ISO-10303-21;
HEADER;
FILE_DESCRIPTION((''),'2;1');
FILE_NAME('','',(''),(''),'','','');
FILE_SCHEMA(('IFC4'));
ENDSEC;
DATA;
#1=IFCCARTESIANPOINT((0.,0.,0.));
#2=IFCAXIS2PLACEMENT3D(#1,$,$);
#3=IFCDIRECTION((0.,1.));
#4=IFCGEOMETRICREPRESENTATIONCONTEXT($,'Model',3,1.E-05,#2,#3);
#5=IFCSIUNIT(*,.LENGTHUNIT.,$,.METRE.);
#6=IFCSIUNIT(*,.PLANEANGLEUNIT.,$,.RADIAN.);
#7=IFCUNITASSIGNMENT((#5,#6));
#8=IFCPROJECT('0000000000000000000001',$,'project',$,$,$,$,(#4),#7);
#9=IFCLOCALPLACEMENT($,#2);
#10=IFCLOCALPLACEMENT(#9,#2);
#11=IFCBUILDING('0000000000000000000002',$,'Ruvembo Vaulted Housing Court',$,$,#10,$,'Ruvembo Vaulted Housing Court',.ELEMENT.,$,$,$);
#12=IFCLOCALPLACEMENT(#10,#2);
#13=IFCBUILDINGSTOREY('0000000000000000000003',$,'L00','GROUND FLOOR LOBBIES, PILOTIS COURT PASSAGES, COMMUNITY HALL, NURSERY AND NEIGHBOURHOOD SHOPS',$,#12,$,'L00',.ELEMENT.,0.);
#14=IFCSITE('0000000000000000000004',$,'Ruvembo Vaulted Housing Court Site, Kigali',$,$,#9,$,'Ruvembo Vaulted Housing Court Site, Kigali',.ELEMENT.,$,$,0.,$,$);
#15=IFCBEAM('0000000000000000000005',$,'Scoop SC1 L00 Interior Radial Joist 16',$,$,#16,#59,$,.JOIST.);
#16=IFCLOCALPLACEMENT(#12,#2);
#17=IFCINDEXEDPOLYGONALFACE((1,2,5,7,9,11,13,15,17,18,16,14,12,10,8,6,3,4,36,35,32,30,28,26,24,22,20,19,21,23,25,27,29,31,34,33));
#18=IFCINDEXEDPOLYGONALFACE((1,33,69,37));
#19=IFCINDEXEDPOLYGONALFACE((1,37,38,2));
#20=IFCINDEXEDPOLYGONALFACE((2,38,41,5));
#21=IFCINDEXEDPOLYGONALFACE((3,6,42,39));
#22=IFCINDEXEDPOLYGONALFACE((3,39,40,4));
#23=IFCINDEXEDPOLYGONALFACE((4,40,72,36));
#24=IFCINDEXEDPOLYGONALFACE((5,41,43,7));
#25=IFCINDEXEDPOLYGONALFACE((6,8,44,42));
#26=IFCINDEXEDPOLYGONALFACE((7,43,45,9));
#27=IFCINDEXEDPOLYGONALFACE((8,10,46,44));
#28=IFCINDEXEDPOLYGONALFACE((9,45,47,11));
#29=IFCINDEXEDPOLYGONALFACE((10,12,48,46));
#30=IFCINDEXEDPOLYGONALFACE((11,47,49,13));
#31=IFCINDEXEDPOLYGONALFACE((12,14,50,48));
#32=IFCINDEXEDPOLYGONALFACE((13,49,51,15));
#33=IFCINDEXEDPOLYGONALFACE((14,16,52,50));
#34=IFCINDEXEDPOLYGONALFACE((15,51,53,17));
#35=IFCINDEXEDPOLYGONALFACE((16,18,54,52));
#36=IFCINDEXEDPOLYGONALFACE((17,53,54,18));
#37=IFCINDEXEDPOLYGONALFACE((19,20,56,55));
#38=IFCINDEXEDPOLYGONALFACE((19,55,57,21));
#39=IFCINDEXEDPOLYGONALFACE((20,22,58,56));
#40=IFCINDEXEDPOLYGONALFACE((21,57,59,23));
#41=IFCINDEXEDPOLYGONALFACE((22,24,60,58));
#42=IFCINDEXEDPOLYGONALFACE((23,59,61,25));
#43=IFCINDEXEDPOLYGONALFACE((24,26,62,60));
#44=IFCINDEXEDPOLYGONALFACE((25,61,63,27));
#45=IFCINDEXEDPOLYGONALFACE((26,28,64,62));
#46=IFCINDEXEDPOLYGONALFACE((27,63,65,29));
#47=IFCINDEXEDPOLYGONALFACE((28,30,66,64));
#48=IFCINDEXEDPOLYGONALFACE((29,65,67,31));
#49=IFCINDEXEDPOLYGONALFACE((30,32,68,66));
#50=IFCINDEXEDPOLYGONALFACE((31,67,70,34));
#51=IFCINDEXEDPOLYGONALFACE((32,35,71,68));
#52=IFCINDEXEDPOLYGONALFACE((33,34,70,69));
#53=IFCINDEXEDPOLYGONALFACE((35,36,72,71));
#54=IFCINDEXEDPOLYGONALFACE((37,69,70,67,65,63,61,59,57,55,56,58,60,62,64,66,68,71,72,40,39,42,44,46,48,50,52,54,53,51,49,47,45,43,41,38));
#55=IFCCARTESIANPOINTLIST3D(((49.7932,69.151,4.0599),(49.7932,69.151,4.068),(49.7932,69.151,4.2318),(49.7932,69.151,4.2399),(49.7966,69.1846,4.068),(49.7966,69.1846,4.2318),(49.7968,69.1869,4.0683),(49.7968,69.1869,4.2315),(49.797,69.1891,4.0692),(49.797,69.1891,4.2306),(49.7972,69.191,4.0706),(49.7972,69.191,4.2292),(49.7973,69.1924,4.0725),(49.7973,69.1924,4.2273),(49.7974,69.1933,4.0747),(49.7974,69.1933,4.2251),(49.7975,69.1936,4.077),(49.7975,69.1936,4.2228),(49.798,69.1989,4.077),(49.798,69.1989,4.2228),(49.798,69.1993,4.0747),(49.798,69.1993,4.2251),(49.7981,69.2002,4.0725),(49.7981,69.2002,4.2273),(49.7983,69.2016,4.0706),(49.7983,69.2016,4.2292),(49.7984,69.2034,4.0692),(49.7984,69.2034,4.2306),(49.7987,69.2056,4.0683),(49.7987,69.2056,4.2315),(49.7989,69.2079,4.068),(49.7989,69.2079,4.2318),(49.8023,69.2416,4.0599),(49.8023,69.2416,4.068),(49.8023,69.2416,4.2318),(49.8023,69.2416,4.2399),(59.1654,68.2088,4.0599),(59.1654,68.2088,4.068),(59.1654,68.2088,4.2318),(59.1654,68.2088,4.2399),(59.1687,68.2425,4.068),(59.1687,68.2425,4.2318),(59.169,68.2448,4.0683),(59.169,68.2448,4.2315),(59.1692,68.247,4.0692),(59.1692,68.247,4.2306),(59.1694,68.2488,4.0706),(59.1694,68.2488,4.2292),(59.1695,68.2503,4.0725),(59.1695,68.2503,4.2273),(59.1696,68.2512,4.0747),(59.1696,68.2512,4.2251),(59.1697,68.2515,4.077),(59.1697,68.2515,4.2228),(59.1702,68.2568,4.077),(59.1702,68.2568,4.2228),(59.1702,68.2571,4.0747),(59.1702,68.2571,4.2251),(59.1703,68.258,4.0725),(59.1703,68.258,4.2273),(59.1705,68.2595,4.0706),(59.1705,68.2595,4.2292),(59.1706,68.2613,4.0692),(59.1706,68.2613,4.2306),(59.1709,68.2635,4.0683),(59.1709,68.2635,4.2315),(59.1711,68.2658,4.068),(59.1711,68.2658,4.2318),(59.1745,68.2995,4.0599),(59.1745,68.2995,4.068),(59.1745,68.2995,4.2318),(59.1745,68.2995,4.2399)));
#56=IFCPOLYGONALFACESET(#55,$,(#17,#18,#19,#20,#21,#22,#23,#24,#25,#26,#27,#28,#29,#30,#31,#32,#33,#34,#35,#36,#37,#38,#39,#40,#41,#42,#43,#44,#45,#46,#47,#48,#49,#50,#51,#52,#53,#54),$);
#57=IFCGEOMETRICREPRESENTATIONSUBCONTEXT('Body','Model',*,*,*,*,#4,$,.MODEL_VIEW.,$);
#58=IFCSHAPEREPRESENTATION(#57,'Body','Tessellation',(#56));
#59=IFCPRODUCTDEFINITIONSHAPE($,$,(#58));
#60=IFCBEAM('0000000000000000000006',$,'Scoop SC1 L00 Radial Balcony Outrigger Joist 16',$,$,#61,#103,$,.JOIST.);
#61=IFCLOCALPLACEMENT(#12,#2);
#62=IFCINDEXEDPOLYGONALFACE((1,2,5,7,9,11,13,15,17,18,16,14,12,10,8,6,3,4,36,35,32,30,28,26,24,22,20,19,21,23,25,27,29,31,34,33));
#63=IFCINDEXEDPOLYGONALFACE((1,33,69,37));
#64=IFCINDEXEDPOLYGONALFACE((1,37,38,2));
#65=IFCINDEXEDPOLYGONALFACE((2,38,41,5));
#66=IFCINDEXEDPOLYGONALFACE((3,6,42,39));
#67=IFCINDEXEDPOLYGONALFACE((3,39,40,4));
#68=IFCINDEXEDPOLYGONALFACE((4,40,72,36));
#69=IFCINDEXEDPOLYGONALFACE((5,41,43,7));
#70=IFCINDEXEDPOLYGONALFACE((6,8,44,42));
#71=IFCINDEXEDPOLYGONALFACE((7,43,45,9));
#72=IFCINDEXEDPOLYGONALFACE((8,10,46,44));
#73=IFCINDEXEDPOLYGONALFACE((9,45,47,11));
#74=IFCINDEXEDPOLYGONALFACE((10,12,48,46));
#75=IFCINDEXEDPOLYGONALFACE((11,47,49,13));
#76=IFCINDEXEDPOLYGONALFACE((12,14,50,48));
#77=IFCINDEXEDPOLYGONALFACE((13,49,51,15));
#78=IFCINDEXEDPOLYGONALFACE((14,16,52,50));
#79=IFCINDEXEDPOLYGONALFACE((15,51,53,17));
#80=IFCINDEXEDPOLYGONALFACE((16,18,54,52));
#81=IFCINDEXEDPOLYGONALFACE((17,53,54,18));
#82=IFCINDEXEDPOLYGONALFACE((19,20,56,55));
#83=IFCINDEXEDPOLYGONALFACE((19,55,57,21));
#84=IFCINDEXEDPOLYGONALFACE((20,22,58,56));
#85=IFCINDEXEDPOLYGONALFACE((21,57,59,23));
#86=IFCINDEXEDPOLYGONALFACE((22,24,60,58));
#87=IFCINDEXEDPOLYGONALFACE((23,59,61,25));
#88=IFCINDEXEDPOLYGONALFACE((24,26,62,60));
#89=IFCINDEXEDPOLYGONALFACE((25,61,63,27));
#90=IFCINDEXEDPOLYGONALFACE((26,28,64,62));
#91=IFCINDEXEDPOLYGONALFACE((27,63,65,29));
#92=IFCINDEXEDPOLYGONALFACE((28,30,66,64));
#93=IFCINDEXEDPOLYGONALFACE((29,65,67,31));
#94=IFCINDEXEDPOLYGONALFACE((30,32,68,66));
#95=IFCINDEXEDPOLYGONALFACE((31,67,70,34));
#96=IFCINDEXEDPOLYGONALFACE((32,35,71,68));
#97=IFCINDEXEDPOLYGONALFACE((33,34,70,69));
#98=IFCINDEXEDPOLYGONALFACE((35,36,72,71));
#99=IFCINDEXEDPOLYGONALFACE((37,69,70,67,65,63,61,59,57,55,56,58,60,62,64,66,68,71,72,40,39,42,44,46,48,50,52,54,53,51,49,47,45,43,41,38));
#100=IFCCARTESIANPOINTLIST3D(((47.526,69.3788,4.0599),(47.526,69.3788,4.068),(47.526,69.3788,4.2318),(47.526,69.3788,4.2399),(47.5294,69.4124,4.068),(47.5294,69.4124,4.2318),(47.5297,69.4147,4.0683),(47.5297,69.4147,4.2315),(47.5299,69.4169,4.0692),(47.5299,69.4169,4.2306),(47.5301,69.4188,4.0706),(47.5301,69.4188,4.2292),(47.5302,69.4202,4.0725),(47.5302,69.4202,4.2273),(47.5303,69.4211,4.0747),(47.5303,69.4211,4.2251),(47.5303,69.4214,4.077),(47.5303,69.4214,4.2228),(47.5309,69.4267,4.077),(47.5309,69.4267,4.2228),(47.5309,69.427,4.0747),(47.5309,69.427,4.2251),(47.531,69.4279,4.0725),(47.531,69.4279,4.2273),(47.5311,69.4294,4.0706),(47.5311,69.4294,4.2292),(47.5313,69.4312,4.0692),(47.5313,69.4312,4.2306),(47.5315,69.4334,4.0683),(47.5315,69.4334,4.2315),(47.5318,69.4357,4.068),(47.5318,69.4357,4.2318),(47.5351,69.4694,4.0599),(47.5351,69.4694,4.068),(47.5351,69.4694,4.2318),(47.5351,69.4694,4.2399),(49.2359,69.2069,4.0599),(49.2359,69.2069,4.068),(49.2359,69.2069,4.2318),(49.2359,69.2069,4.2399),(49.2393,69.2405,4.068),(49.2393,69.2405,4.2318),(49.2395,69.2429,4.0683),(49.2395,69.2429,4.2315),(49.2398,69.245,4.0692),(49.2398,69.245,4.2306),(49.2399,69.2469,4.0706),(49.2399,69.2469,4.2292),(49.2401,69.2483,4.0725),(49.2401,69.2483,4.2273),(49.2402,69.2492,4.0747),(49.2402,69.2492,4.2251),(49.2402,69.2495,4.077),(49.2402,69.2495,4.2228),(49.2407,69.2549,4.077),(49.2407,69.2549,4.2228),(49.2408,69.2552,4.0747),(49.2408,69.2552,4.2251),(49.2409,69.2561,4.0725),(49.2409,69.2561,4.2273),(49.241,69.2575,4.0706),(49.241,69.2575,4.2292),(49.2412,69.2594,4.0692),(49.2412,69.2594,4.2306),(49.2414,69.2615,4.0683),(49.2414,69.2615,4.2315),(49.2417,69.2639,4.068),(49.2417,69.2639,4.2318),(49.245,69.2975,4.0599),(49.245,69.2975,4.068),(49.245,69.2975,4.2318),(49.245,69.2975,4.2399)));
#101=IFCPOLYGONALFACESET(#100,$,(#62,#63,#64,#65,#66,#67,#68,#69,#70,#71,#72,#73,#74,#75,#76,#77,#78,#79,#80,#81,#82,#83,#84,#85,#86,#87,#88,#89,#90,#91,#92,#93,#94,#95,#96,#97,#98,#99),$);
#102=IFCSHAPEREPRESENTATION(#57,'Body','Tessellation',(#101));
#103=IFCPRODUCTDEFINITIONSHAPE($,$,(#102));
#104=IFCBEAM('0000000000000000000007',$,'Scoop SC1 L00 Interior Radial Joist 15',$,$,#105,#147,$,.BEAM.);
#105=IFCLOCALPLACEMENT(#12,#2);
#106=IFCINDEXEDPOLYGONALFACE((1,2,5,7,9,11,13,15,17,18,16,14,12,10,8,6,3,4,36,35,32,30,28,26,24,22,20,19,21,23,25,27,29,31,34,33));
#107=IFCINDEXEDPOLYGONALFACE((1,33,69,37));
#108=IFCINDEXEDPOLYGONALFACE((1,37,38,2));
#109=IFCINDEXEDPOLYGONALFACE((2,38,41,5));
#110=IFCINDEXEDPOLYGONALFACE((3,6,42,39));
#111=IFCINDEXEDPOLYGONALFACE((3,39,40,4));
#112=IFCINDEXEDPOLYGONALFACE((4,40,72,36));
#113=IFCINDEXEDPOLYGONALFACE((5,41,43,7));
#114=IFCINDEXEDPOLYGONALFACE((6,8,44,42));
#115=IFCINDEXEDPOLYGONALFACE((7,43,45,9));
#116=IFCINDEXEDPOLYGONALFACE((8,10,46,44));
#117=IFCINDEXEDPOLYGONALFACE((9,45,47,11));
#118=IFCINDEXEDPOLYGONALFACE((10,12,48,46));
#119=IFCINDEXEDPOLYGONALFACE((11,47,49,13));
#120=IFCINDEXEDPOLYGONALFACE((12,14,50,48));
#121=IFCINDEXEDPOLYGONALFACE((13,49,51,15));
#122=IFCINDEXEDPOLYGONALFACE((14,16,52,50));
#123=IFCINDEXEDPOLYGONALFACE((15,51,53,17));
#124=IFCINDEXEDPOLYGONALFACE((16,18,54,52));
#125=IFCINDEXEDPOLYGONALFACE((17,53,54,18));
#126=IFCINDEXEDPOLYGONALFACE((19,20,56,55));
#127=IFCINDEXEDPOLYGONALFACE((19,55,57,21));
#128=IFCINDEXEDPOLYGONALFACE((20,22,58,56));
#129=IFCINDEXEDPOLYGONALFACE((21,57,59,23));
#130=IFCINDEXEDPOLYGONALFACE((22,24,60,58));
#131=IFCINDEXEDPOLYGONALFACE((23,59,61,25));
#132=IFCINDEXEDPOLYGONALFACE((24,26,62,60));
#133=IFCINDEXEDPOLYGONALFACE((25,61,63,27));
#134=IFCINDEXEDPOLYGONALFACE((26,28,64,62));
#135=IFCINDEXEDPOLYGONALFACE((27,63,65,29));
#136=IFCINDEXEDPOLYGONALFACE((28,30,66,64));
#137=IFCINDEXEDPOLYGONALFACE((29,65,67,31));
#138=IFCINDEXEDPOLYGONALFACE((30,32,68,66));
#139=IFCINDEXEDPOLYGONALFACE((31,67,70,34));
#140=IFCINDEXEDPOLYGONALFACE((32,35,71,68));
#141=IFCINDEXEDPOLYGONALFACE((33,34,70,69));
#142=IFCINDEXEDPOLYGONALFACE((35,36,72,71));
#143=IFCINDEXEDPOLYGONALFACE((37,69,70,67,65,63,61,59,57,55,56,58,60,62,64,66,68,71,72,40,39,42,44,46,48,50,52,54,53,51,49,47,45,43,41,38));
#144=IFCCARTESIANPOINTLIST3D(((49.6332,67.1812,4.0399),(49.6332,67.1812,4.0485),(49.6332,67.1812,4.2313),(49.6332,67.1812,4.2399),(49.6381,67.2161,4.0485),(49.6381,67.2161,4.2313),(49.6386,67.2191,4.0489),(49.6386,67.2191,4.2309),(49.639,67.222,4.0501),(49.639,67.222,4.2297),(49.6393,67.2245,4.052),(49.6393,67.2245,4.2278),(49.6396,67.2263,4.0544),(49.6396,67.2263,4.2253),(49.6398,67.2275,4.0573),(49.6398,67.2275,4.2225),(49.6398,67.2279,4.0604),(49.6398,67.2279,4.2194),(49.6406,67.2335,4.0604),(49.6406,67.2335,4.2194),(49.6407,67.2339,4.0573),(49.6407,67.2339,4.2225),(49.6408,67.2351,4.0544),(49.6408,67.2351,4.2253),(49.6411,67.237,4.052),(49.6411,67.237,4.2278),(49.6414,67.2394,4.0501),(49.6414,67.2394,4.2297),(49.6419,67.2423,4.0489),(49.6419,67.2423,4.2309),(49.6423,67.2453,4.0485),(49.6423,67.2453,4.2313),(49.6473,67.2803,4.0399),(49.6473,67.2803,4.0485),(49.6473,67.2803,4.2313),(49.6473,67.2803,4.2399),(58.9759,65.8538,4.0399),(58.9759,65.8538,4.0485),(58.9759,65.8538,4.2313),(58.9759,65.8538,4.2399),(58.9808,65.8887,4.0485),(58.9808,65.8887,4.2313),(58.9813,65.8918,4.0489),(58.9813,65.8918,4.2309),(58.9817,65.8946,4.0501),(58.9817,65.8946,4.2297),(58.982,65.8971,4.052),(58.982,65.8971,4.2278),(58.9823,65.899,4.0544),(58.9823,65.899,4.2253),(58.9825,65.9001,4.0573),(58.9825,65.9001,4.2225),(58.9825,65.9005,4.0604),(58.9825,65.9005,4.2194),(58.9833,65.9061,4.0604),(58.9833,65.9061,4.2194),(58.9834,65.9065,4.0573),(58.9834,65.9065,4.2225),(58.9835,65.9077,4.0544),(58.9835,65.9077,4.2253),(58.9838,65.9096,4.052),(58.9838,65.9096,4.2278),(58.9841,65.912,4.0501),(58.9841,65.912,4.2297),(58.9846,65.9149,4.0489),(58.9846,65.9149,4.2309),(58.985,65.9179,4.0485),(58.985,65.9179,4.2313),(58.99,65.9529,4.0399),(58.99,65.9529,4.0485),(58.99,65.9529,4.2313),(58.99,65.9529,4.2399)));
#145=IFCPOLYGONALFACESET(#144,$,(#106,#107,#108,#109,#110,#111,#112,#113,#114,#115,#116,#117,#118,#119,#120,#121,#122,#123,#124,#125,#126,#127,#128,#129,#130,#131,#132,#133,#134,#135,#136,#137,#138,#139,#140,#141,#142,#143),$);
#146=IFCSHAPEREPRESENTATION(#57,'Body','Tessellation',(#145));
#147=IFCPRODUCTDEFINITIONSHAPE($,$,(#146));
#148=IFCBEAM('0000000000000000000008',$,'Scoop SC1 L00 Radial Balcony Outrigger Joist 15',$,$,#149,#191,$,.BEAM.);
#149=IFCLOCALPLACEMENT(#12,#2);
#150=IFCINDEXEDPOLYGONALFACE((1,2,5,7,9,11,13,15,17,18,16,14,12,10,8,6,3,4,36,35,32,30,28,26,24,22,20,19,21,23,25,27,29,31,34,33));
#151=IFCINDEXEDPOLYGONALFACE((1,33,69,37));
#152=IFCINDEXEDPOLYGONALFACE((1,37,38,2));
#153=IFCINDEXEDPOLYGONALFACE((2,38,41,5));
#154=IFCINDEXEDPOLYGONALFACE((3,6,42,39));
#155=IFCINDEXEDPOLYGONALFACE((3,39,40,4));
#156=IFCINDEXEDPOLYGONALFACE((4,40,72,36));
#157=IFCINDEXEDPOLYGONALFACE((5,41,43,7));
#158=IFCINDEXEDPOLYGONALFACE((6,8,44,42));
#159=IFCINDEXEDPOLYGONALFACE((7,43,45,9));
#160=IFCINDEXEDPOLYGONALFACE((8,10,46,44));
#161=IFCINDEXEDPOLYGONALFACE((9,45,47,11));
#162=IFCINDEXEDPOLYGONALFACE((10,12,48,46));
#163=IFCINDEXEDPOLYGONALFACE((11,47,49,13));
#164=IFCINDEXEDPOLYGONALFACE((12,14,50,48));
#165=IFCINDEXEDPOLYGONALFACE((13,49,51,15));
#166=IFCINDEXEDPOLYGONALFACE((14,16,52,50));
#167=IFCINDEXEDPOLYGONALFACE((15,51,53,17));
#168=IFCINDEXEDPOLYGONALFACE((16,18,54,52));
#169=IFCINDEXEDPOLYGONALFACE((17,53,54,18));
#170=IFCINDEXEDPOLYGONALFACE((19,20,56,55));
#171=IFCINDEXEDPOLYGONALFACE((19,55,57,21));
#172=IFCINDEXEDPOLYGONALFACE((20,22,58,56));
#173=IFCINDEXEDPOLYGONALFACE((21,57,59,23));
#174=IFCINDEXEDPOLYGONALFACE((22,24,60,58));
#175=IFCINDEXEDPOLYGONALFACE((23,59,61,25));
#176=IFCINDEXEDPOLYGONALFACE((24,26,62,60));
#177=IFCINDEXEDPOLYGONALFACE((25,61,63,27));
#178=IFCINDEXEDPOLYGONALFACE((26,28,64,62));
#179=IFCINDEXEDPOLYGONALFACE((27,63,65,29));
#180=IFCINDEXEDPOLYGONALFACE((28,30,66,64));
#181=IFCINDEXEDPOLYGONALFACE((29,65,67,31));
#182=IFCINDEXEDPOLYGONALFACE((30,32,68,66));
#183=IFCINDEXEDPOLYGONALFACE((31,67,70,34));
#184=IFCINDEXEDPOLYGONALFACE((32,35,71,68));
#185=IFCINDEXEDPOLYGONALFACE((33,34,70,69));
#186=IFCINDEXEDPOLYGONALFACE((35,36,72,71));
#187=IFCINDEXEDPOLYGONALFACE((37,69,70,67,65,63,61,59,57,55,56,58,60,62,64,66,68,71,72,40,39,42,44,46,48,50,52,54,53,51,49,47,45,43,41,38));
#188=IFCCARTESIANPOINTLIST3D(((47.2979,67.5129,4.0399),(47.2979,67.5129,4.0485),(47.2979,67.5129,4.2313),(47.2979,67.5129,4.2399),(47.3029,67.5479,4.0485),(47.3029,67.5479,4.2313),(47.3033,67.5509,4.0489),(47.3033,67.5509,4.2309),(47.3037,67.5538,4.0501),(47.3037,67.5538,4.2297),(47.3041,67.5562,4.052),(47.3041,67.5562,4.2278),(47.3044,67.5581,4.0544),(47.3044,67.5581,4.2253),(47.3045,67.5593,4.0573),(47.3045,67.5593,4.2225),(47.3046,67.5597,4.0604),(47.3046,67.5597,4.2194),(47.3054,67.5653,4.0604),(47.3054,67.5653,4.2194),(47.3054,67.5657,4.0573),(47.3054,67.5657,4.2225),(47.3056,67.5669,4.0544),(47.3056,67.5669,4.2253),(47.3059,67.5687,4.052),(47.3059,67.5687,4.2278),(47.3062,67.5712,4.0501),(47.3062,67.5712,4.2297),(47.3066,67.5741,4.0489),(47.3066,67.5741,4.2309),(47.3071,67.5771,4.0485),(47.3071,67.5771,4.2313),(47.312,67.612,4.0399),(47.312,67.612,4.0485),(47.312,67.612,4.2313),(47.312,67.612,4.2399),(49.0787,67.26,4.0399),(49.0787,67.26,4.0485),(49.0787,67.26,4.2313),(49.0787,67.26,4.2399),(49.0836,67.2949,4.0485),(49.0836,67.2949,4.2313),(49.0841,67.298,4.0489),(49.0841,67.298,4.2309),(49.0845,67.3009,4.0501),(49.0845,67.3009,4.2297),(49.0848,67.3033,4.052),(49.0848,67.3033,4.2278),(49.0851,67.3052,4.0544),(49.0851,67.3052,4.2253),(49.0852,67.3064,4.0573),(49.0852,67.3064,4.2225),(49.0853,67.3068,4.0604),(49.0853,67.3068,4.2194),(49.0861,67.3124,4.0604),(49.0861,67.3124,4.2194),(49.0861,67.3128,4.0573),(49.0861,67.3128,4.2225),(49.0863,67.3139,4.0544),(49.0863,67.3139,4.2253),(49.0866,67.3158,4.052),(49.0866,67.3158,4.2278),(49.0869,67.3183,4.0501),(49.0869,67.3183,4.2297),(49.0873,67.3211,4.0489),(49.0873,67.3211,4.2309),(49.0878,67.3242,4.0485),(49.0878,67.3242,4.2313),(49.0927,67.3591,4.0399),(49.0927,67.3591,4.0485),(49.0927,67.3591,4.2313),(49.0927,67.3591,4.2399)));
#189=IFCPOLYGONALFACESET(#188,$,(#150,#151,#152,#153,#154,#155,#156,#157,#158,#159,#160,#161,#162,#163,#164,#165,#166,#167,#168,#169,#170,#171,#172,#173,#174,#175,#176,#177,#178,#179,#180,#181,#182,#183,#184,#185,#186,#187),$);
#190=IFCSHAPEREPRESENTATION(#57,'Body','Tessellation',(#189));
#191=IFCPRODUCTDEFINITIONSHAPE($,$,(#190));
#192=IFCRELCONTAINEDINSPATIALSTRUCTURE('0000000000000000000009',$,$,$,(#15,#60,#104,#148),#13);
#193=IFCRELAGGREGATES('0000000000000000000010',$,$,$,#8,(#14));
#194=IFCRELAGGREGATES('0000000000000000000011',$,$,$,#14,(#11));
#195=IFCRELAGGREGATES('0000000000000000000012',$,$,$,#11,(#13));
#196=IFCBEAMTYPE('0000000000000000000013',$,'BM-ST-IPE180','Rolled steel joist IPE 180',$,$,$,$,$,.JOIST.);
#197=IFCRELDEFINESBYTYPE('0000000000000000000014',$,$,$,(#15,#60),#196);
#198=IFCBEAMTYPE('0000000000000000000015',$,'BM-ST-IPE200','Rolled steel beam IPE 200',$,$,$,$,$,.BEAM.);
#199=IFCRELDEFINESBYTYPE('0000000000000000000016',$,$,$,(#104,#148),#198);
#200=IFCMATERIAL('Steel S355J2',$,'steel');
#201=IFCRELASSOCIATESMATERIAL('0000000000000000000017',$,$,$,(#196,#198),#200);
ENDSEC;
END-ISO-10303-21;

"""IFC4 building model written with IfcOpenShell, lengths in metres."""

from ifc_helpers import new_model, si_unit, direction, frame, origin, origin_2d, place, context, subcontext, project, spatial, i_section, extrude, material, material_profile, profile_set, type_object, element, save


model = new_model("IFC4")

# Units and contexts
model_context = context("Model", 3, precision=1e-05, world=origin(), true_north=direction((0.0, 1.0)))
body_context = subcontext(model_context, "Body", "Model", "MODEL_VIEW")
ifc_project = project(units=[si_unit("LENGTHUNIT", "METRE"), si_unit("PLANEANGLEUNIT", "RADIAN")], contexts=[model_context])

# Site, building, storey
site_placement = place(None, origin())
site = spatial("IfcSite", under=ifc_project, at=site_placement, Name="Ruvembo Vaulted Housing Court Site, Kigali", LongName="Ruvembo Vaulted Housing Court Site, Kigali", CompositionType="ELEMENT", RefElevation=0.0)
building_placement = place(site_placement, origin())
building = spatial("IfcBuilding", under=site, at=building_placement, Name="Ruvembo Vaulted Housing Court", LongName="Ruvembo Vaulted Housing Court", CompositionType="ELEMENT")
storey_placement = place(building_placement, origin())
storey = spatial("IfcBuildingStorey", under=building, at=storey_placement, Name="L00", Description="GROUND FLOOR LOBBIES, PILOTIS COURT PASSAGES, COMMUNITY HALL, NURSERY AND NEIGHBOURHOOD SHOPS", LongName="L00", CompositionType="ELEMENT", Elevation=0.0)

# Beams
ifc_material_1 = material(Name="Steel S355J2", Category="steel")
ifc_material_profile_1 = material_profile(ifc_material_1, i_section(OverallWidth=0.0911, OverallDepth=0.1799, WebThickness=0.0054, FlangeThickness=0.0081, FilletRadius=0.009, at=origin_2d()), Name="IPE 180")
ifc_profile_set_1 = profile_set([ifc_material_profile_1], Name="Steel S355J2")
beam_type_1 = type_object("IfcBeamType", Name="BM-ST-IPE180", Description="Rolled steel joist IPE 180", PredefinedType="JOIST", material=ifc_profile_set_1)
beam_1_placement = place(storey_placement, frame((59.1699, 68.2542, 4.1499), z_axis=(-0.994985, 0.10002, 0.0), x_axis=(-0.10002, -0.994985, 0.0)))
element("IfcBeam", 1, at=beam_1_placement, inside=storey, type_object=beam_type_1, Name="Scoop SC1 L00 Interior Radial Joist 16", PredefinedType="JOIST", context=body_context, shape_type="SweptSolid", body=[
    extrude(i_section(OverallWidth=0.0911, OverallDepth=0.1799, WebThickness=0.0054, FlangeThickness=0.0081, FilletRadius=0.009, at=origin_2d()), origin(), (0.0, 0.0, 1.0), 9.4194),
])
beam_2_placement = place(storey_placement, frame((49.2405, 69.2522, 4.1499), z_axis=(-0.994986, 0.10001, 0.0), x_axis=(-0.10001, -0.994986, 0.0)))
element("IfcBeam", 2, at=beam_2_placement, inside=storey, type_object=beam_type_1, Name="Scoop SC1 L00 Radial Balcony Outrigger Joist 16", PredefinedType="JOIST", context=body_context, shape_type="SweptSolid", body=[
    extrude(i_section(OverallWidth=0.0911, OverallDepth=0.1799, WebThickness=0.0054, FlangeThickness=0.0081, FilletRadius=0.009, at=origin_2d()), origin(), (0.0, 0.0, 1.0), 1.7185),
])
ifc_material_profile_2 = material_profile(ifc_material_1, i_section(OverallWidth=0.1001, OverallDepth=0.2, WebThickness=0.0056, FlangeThickness=0.0085, FilletRadius=0.012, at=origin_2d()), Name="IPE 200")
ifc_profile_set_2 = profile_set([ifc_material_profile_2], Name="Steel S355J2")
beam_type_2 = type_object("IfcBeamType", Name="BM-ST-IPE200", Description="Rolled steel beam IPE 200", PredefinedType="BEAM", material=ifc_profile_set_2)
beam_3_placement = place(storey_placement, frame((58.9829, 65.9033, 4.1399), z_axis=(-0.990057, 0.140664, 0.0), x_axis=(-0.140664, -0.990057, 0.0)))
element("IfcBeam", 3, at=beam_3_placement, inside=storey, type_object=beam_type_2, Name="Scoop SC1 L00 Interior Radial Joist 15", PredefinedType="BEAM", context=body_context, shape_type="SweptSolid", body=[
    extrude(i_section(OverallWidth=0.1001, OverallDepth=0.2, WebThickness=0.0056, FlangeThickness=0.0085, FilletRadius=0.012, at=origin_2d()), origin(), (0.0, 0.0, 1.0), 9.4365),
])
beam_4_placement = place(storey_placement, frame((49.0857, 67.3096, 4.1399), z_axis=(-0.990063, 0.140623, 0.0), x_axis=(-0.140623, -0.990063, 0.0)))
element("IfcBeam", 4, at=beam_4_placement, inside=storey, type_object=beam_type_2, Name="Scoop SC1 L00 Radial Balcony Outrigger Joist 15", PredefinedType="BEAM", context=body_context, shape_type="SweptSolid", body=[
    extrude(i_section(OverallWidth=0.1001, OverallDepth=0.2, WebThickness=0.0056, FlangeThickness=0.0085, FilletRadius=0.012, at=origin_2d()), origin(), (0.0, 0.0, 1.0), 1.7986),
])

save(model, "model.ifc")
